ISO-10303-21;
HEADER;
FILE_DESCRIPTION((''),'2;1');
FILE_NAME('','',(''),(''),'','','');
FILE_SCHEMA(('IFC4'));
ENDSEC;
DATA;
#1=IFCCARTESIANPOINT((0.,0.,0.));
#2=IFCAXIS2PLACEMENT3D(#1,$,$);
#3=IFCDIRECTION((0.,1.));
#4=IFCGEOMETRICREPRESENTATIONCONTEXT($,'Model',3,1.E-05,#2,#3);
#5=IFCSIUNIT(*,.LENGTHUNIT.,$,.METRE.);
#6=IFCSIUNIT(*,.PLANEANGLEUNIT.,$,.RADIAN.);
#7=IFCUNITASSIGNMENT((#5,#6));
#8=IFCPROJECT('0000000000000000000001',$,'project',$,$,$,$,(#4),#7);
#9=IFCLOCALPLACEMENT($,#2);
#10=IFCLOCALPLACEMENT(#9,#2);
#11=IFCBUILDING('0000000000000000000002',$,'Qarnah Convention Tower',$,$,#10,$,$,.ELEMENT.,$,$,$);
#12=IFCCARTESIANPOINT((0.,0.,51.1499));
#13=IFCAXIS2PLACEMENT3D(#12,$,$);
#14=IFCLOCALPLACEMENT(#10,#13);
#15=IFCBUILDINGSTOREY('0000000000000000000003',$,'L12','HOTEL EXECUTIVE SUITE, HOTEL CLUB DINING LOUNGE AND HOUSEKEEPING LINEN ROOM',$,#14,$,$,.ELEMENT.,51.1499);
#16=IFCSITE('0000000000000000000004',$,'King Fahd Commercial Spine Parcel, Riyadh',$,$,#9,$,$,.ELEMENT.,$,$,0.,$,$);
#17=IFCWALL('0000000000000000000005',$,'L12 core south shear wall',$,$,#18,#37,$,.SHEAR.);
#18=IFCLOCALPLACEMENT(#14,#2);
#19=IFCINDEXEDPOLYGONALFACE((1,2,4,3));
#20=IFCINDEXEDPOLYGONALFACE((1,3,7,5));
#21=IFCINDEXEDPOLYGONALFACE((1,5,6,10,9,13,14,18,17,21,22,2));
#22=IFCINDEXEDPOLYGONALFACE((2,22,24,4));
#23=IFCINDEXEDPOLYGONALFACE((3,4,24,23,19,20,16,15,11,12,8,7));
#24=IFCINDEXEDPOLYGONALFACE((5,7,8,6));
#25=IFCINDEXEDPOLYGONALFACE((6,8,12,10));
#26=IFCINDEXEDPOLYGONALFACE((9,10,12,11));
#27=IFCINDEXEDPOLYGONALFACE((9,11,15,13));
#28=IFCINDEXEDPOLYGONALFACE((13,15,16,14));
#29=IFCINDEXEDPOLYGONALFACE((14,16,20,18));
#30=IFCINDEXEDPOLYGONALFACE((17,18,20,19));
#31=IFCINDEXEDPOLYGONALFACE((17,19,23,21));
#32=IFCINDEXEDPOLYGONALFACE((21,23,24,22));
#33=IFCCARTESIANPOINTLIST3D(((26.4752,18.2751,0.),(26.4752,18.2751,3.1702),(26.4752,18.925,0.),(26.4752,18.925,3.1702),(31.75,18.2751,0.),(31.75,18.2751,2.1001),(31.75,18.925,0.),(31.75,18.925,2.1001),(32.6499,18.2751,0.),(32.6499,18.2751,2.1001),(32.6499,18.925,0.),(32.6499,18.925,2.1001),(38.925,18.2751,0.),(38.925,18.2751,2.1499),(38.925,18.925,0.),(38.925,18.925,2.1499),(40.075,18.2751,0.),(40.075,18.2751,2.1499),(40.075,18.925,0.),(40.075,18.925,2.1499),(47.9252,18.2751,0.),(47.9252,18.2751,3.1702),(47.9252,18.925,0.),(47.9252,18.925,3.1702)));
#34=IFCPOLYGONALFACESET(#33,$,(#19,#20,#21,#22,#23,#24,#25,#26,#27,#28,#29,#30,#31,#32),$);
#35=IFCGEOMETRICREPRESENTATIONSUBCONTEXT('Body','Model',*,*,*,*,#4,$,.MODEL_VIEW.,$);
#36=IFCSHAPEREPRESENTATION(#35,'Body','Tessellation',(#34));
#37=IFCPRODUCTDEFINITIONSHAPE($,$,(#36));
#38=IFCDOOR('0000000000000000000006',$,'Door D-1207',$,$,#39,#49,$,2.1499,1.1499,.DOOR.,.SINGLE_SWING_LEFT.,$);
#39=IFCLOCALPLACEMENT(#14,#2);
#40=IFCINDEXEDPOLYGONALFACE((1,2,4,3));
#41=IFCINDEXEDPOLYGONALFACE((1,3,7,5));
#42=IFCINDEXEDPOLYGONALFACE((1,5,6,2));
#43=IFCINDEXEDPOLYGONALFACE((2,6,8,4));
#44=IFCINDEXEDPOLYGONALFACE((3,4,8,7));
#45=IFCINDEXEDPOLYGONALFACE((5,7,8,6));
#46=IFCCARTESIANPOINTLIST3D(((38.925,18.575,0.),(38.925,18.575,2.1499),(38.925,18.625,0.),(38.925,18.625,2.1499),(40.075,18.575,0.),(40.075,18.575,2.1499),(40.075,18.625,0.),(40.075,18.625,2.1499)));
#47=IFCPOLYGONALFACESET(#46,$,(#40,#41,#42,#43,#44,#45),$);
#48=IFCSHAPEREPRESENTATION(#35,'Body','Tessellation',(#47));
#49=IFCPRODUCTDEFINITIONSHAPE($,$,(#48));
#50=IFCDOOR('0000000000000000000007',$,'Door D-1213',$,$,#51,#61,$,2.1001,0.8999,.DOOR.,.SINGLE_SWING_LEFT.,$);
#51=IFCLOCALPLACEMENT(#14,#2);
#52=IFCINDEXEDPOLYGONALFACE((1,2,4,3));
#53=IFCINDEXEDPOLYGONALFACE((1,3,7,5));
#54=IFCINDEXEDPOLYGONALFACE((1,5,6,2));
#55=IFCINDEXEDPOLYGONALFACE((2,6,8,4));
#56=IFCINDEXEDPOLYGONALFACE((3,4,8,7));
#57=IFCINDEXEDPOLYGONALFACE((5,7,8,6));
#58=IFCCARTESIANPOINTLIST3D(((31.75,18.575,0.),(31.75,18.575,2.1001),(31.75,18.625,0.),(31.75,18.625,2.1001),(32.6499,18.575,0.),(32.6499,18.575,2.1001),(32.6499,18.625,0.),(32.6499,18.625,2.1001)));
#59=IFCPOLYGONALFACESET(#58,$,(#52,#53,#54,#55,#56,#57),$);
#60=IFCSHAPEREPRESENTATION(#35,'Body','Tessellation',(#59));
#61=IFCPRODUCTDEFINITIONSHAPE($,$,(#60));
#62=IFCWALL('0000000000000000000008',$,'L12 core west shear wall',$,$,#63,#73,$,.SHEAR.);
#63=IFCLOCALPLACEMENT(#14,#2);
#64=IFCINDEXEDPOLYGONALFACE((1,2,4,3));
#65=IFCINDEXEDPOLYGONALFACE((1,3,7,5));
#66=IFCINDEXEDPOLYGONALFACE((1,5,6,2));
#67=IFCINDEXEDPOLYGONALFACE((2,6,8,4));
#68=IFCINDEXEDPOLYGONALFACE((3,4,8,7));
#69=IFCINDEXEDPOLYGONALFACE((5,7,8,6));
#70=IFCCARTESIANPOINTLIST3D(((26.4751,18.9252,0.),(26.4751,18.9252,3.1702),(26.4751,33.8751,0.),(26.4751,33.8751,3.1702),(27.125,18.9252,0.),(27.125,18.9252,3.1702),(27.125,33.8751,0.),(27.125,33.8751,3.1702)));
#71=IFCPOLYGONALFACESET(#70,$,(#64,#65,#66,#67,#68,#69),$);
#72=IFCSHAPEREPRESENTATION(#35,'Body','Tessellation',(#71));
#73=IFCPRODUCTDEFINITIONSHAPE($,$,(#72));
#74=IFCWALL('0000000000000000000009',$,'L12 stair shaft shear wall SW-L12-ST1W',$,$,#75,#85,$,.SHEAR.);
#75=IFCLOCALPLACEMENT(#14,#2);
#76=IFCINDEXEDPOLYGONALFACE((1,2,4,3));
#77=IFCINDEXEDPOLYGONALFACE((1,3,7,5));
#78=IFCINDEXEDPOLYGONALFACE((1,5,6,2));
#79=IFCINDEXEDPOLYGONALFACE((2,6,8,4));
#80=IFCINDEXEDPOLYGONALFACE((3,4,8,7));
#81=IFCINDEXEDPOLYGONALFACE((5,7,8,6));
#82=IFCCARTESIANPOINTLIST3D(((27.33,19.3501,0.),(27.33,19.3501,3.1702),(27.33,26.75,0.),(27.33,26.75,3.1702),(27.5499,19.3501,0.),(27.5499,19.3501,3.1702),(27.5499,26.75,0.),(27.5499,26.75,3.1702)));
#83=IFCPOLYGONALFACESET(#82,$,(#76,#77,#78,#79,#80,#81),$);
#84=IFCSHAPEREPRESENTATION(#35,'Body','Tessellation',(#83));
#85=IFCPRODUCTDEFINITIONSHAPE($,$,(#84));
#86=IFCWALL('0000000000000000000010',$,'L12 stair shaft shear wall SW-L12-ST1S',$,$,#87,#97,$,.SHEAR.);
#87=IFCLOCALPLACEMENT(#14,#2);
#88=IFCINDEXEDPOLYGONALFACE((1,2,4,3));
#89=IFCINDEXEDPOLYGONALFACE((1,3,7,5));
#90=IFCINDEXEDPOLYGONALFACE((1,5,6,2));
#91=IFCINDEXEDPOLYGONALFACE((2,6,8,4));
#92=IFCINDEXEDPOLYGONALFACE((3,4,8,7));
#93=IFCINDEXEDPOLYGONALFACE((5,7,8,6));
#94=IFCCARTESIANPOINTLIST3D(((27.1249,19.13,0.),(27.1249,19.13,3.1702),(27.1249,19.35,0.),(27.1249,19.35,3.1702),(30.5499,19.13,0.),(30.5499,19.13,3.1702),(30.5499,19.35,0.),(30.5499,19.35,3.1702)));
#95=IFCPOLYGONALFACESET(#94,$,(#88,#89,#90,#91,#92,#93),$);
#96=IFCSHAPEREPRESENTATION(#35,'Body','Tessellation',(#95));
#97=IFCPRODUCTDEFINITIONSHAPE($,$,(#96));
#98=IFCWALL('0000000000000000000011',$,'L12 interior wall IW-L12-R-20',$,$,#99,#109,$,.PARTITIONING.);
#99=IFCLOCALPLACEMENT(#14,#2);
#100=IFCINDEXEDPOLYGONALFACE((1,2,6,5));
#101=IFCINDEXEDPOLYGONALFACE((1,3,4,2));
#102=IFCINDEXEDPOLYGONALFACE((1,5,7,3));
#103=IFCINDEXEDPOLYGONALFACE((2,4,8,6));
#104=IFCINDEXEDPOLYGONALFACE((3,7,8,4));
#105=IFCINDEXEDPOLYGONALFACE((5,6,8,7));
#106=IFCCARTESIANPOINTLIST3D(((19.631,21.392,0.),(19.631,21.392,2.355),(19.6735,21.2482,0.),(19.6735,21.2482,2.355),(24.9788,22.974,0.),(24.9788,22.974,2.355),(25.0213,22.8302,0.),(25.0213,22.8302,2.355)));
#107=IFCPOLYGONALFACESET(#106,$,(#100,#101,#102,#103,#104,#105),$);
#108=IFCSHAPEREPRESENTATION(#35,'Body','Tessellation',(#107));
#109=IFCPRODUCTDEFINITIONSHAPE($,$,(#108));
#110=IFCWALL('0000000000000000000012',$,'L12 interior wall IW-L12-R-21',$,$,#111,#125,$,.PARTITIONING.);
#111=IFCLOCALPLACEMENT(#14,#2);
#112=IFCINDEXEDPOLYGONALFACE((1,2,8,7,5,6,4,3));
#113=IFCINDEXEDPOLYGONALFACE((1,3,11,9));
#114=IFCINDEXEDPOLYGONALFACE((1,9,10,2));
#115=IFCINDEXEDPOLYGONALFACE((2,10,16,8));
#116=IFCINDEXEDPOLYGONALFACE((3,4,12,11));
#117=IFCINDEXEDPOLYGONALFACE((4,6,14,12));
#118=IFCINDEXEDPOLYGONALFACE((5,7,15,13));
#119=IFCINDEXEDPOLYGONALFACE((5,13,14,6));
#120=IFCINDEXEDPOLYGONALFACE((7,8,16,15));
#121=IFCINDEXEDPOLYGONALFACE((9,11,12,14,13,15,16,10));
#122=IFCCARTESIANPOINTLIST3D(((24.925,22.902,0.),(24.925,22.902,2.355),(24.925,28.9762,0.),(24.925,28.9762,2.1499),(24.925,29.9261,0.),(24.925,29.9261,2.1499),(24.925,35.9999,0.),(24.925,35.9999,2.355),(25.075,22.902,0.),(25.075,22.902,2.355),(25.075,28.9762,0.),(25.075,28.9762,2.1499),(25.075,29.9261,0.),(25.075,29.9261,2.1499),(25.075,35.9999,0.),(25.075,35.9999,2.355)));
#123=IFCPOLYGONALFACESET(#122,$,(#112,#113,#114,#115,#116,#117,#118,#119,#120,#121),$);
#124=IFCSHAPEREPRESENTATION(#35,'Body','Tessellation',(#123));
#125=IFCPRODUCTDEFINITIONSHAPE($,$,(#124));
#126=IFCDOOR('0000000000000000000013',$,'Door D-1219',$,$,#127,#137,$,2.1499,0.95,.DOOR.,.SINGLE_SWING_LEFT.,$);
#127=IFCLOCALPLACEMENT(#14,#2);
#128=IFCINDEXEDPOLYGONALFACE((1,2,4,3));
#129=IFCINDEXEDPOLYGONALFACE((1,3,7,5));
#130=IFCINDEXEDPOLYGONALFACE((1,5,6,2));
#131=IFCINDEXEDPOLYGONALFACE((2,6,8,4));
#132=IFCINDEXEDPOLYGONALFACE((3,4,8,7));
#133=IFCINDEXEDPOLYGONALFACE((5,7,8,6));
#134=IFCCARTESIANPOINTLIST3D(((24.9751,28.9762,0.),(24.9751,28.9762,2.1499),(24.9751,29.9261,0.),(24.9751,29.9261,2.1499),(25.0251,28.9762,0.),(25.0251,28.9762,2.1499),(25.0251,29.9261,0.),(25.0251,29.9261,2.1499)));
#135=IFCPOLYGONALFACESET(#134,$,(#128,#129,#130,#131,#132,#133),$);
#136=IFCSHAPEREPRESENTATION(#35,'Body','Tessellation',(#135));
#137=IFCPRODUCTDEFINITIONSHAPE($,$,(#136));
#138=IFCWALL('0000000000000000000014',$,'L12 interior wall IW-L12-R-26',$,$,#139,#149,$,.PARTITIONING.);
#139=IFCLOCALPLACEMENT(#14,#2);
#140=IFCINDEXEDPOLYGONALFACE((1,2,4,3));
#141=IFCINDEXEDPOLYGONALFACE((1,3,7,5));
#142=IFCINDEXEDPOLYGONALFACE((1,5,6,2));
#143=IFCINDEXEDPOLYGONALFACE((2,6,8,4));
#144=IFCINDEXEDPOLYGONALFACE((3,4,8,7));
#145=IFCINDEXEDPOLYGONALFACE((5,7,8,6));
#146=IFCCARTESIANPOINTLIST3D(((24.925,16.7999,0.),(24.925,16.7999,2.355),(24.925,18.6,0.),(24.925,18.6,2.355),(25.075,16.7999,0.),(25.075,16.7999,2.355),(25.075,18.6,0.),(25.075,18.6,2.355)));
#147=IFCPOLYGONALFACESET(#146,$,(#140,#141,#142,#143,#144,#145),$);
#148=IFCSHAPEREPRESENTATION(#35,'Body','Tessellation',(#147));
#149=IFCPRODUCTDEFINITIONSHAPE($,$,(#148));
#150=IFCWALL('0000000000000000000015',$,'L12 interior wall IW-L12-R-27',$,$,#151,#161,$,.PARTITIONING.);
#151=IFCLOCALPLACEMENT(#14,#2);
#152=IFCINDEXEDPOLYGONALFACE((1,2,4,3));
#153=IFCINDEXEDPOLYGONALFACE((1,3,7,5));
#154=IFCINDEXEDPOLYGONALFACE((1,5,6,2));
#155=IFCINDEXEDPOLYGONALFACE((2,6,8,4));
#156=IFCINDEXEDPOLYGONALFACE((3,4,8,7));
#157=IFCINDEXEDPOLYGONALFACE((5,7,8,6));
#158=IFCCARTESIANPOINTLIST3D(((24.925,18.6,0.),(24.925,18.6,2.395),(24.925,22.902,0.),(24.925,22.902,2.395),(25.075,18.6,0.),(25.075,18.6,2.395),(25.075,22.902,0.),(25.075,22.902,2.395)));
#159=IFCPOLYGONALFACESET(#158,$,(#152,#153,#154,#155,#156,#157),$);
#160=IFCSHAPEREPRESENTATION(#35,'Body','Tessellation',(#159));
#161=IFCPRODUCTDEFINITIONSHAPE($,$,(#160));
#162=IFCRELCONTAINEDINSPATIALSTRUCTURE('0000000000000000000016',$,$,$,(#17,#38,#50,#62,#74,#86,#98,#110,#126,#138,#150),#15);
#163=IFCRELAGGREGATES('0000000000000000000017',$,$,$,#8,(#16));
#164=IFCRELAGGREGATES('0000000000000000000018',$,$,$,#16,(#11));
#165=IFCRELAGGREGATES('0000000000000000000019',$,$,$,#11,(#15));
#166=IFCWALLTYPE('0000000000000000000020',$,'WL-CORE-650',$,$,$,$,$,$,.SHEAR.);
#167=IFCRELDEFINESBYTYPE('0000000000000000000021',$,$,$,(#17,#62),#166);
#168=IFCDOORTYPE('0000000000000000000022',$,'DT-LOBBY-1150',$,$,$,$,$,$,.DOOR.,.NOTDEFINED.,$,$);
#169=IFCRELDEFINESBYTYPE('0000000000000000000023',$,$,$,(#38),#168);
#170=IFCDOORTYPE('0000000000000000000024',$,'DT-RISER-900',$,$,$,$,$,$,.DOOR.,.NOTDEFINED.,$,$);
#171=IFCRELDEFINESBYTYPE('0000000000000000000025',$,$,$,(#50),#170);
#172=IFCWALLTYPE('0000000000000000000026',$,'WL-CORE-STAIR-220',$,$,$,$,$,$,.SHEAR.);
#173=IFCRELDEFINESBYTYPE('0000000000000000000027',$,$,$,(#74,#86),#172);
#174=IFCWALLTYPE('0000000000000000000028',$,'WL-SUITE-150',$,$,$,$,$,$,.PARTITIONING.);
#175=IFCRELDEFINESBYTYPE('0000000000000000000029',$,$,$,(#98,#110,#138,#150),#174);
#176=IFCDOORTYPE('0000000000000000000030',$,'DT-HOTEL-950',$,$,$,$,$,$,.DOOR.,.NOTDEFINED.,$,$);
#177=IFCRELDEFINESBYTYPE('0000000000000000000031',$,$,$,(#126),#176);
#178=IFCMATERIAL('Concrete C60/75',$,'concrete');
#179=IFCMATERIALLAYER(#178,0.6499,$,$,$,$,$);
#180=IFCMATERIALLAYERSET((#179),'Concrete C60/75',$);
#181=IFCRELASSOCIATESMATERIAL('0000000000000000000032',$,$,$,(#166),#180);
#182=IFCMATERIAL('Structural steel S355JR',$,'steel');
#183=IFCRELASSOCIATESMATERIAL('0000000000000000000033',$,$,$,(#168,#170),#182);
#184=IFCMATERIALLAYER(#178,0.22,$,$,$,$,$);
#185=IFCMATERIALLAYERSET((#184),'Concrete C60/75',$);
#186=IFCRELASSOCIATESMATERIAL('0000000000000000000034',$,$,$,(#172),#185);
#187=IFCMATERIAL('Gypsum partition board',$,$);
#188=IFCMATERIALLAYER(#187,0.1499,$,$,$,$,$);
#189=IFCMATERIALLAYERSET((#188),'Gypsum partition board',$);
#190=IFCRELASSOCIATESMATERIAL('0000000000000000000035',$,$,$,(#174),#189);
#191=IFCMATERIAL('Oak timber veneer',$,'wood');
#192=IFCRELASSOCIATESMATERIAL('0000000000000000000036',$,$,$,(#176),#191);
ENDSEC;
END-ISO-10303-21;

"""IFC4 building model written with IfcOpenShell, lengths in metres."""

from ifc_helpers import new_model, si_unit, direction, frame, frame_2d, origin, place, context, subcontext, project, spatial, rectangle, extrude, material, layer, layer_set, type_object, element, fill, save


model = new_model("IFC4")

# Units and contexts
model_context = context("Model", 3, precision=1e-05, world=origin(), true_north=direction((0.0, 1.0)))
body_context = subcontext(model_context, "Body", "Model", "MODEL_VIEW")
ifc_project = project(units=[si_unit("LENGTHUNIT", "METRE"), si_unit("PLANEANGLEUNIT", "RADIAN")], contexts=[model_context])

# Site, building, storey
site_placement = place(None, origin())
site = spatial("IfcSite", under=ifc_project, at=site_placement, Name="King Fahd Commercial Spine Parcel, Riyadh", CompositionType="ELEMENT", RefElevation=0.0)
building_placement = place(site_placement, origin())
building = spatial("IfcBuilding", under=site, at=building_placement, Name="Qarnah Convention Tower", CompositionType="ELEMENT")
storey_placement = place(building_placement, frame((0.0, 0.0, 51.1499)))
storey = spatial("IfcBuildingStorey", under=building, at=storey_placement, Name="L12", Description="HOTEL EXECUTIVE SUITE, HOTEL CLUB DINING LOUNGE AND HOUSEKEEPING LINEN ROOM", CompositionType="ELEMENT", Elevation=51.1499)

# Shared definitions
ifc_material_1 = material(Name="Concrete C60/75", Category="concrete")
ifc_material_2 = material(Name="Structural steel S355JR", Category="steel")

# Wall, openings, doors
ifc_layer_1 = layer(ifc_material_1, 0.6499)
ifc_layer_set_1 = layer_set([ifc_layer_1], Name="Concrete C60/75")
wall_type_1 = type_object("IfcWallType", Name="WL-CORE-650", PredefinedType="SHEAR", material=ifc_layer_set_1)
wall_1_placement = place(storey_placement, frame((26.4751, 18.6001, 0.0), z_axis=(0.0, 0.0, 1.0), x_axis=(1.0, 0.0, 0.0)))
wall_1 = element("IfcWall", 1, at=wall_1_placement, inside=storey, type_object=wall_type_1, Name="L12 core south shear wall", PredefinedType="SHEAR", context=body_context, shape_type="SweptSolid", body=[
    extrude(rectangle(XDim=21.45, YDim=0.6499, at=frame_2d((10.7251, 0.0))), origin(), (0.0, 0.0, 1.0), 3.1702),
])
opening_1_placement = place(wall_1_placement, frame((12.45, 0.0, 0.0)))
opening_1 = element("IfcOpeningElement", 2, at=opening_1_placement, cuts=wall_1, PredefinedType="OPENING", context=body_context, shape_type="SweptSolid", body=[
    extrude(rectangle(XDim=1.1499, YDim=2.1499, at=frame_2d((0.575, 1.075))), frame((0.0, 0.335, 0.0), z_axis=(0.0, -1.0, 0.0), x_axis=(1.0, 0.0, 0.0)), (0.0, 0.0, 1.0), 0.6699),
])
opening_2_placement = place(wall_1_placement, frame((5.2749, 0.0, 0.0)))
opening_2 = element("IfcOpeningElement", 3, at=opening_2_placement, cuts=wall_1, PredefinedType="OPENING", context=body_context, shape_type="SweptSolid", body=[
    extrude(rectangle(XDim=0.8999, YDim=2.1001, at=frame_2d((0.45, 1.05))), frame((0.0, 0.335, 0.0), z_axis=(0.0, -1.0, 0.0), x_axis=(1.0, 0.0, 0.0)), (0.0, 0.0, 1.0), 0.6699),
])
door_type_1 = type_object("IfcDoorType", Name="DT-LOBBY-1150", OperationType="NOTDEFINED", PredefinedType="DOOR", material=ifc_material_2)
door_1_placement = place(opening_1_placement, origin())
door_1 = element("IfcDoor", 4, at=door_1_placement, inside=storey, type_object=door_type_1, Name="Door D-1207", OperationType="SINGLE_SWING_LEFT", OverallHeight=2.1499, OverallWidth=1.1499, PredefinedType="DOOR", context=body_context, shape_type="SweptSolid", body=[
    extrude(rectangle(XDim=1.1499, YDim=2.1499, at=frame_2d((0.575, 1.075))), frame((0.0, 0.0249, 0.0), z_axis=(0.0, -1.0, 0.0), x_axis=(1.0, 0.0, 0.0)), (0.0, 0.0, 1.0), 0.05),
])
fill(opening_1, door_1)
door_type_2 = type_object("IfcDoorType", Name="DT-RISER-900", OperationType="NOTDEFINED", PredefinedType="DOOR", material=ifc_material_2)
door_2_placement = place(opening_2_placement, origin())
door_2 = element("IfcDoor", 5, at=door_2_placement, inside=storey, type_object=door_type_2, Name="Door D-1213", OperationType="SINGLE_SWING_LEFT", OverallHeight=2.1001, OverallWidth=0.8999, PredefinedType="DOOR", context=body_context, shape_type="SweptSolid", body=[
    extrude(rectangle(XDim=0.8999, YDim=2.1001, at=frame_2d((0.45, 1.05))), frame((0.0, 0.0249, 0.0), z_axis=(0.0, -1.0, 0.0), x_axis=(1.0, 0.0, 0.0)), (0.0, 0.0, 1.0), 0.05),
])
fill(opening_2, door_2)

# Walls
wall_2_placement = place(storey_placement, frame((26.8, 18.925, 0.0), z_axis=(0.0, 0.0, 1.0), x_axis=(0.0, 1.0, 0.0)))
element("IfcWall", 6, at=wall_2_placement, inside=storey, type_object=wall_type_1, Name="L12 core west shear wall", PredefinedType="SHEAR", context=body_context, shape_type="SweptSolid", body=[
    extrude(rectangle(XDim=14.95, YDim=0.6499, at=frame_2d((7.4751, 0.0))), origin(), (0.0, 0.0, 1.0), 3.1702),
])
ifc_layer_2 = layer(ifc_material_1, 0.22)
ifc_layer_set_2 = layer_set([ifc_layer_2], Name="Concrete C60/75")
wall_type_2 = type_object("IfcWallType", Name="WL-CORE-STAIR-220", PredefinedType="SHEAR", material=ifc_layer_set_2)
wall_3_placement = place(storey_placement, frame((27.4399, 19.3501, 0.0), z_axis=(0.0, 0.0, 1.0), x_axis=(0.0, 1.0, 0.0)))
element("IfcWall", 7, at=wall_3_placement, inside=storey, type_object=wall_type_2, Name="L12 stair shaft shear wall SW-L12-ST1W", PredefinedType="SHEAR", context=body_context, shape_type="SweptSolid", body=[
    extrude(rectangle(XDim=7.3999, YDim=0.22, at=frame_2d((3.7, 0.0))), origin(), (0.0, 0.0, 1.0), 3.1702),
])
wall_4_placement = place(storey_placement, frame((27.125, 19.24, 0.0), z_axis=(0.0, 0.0, 1.0), x_axis=(1.0, 0.0, 0.0)))
element("IfcWall", 8, at=wall_4_placement, inside=storey, type_object=wall_type_2, Name="L12 stair shaft shear wall SW-L12-ST1S", PredefinedType="SHEAR", context=body_context, shape_type="SweptSolid", body=[
    extrude(rectangle(XDim=3.425, YDim=0.22, at=frame_2d((1.7124, 0.0))), origin(), (0.0, 0.0, 1.0), 3.1702),
])
ifc_material_3 = material(Name="Gypsum partition board")
ifc_layer_3 = layer(ifc_material_3, 0.1499)
ifc_layer_set_3 = layer_set([ifc_layer_3], Name="Gypsum partition board")
wall_type_3 = type_object("IfcWallType", Name="WL-SUITE-150", PredefinedType="PARTITIONING", material=ifc_layer_set_3)
wall_5_placement = place(storey_placement, frame((19.6521, 21.3201, 0.0), z_axis=(0.0, 0.0, 1.0), x_axis=(0.958922, 0.283671, 0.0)))
element("IfcWall", 9, at=wall_5_placement, inside=storey, type_object=wall_type_3, Name="L12 interior wall IW-L12-R-20", PredefinedType="PARTITIONING", context=body_context, shape_type="SweptSolid", body=[
    extrude(rectangle(XDim=5.5769, YDim=0.1499, at=frame_2d((2.7886, 0.0))), origin(), (0.0, 0.0, 1.0), 2.355),
])

# Wall, opening, door
wall_6_placement = place(storey_placement, frame((25.0, 22.9021, 0.0), z_axis=(0.0, 0.0, 1.0), x_axis=(0.0, 1.0, 0.0)))
wall_6 = element("IfcWall", 10, at=wall_6_placement, inside=storey, type_object=wall_type_3, Name="L12 interior wall IW-L12-R-21", PredefinedType="PARTITIONING", context=body_context, shape_type="SweptSolid", body=[
    extrude(rectangle(XDim=13.0979, YDim=0.1499, at=frame_2d((6.5488, 0.0))), origin(), (0.0, 0.0, 1.0), 2.355),
])
opening_3_placement = place(wall_6_placement, frame((6.074, 0.0, 0.0)))
opening_3 = element("IfcOpeningElement", 11, at=opening_3_placement, cuts=wall_6, PredefinedType="OPENING", context=body_context, shape_type="SweptSolid", body=[
    extrude(rectangle(XDim=0.95, YDim=2.1499, at=frame_2d((0.4751, 1.075))), frame((0.0, 0.085, 0.0), z_axis=(0.0, -1.0, 0.0), x_axis=(1.0, 0.0, 0.0)), (0.0, 0.0, 1.0), 0.1699),
])
ifc_material_4 = material(Name="Oak timber veneer", Category="wood")
door_type_3 = type_object("IfcDoorType", Name="DT-HOTEL-950", OperationType="NOTDEFINED", PredefinedType="DOOR", material=ifc_material_4)
door_3_placement = place(opening_3_placement, origin())
door_3 = element("IfcDoor", 12, at=door_3_placement, inside=storey, type_object=door_type_3, Name="Door D-1219", OperationType="SINGLE_SWING_LEFT", OverallHeight=2.1499, OverallWidth=0.95, PredefinedType="DOOR", context=body_context, shape_type="SweptSolid", body=[
    extrude(rectangle(XDim=0.95, YDim=2.1499, at=frame_2d((0.4751, 1.075))), frame((0.0, 0.0249, 0.0), z_axis=(0.0, -1.0, 0.0), x_axis=(1.0, 0.0, 0.0)), (0.0, 0.0, 1.0), 0.05),
])
fill(opening_3, door_3)

# Walls
wall_7_placement = place(storey_placement, frame((25.0, 16.8, 0.0), z_axis=(0.0, 0.0, 1.0), x_axis=(0.0, 1.0, 0.0)))
element("IfcWall", 13, at=wall_7_placement, inside=storey, type_object=wall_type_3, Name="L12 interior wall IW-L12-R-26", PredefinedType="PARTITIONING", context=body_context, shape_type="SweptSolid", body=[
    extrude(rectangle(XDim=1.8, YDim=0.1499, at=frame_2d((0.8999, 0.0))), origin(), (0.0, 0.0, 1.0), 2.355),
])
wall_8_placement = place(storey_placement, frame((25.0, 18.6001, 0.0), z_axis=(0.0, 0.0, 1.0), x_axis=(0.0, 1.0, 0.0)))
element("IfcWall", 14, at=wall_8_placement, inside=storey, type_object=wall_type_3, Name="L12 interior wall IW-L12-R-27", PredefinedType="PARTITIONING", context=body_context, shape_type="SweptSolid", body=[
    extrude(rectangle(XDim=4.302, YDim=0.1499, at=frame_2d((2.1509, 0.0))), origin(), (0.0, 0.0, 1.0), 2.395),
])

save(model, "model.ifc")
